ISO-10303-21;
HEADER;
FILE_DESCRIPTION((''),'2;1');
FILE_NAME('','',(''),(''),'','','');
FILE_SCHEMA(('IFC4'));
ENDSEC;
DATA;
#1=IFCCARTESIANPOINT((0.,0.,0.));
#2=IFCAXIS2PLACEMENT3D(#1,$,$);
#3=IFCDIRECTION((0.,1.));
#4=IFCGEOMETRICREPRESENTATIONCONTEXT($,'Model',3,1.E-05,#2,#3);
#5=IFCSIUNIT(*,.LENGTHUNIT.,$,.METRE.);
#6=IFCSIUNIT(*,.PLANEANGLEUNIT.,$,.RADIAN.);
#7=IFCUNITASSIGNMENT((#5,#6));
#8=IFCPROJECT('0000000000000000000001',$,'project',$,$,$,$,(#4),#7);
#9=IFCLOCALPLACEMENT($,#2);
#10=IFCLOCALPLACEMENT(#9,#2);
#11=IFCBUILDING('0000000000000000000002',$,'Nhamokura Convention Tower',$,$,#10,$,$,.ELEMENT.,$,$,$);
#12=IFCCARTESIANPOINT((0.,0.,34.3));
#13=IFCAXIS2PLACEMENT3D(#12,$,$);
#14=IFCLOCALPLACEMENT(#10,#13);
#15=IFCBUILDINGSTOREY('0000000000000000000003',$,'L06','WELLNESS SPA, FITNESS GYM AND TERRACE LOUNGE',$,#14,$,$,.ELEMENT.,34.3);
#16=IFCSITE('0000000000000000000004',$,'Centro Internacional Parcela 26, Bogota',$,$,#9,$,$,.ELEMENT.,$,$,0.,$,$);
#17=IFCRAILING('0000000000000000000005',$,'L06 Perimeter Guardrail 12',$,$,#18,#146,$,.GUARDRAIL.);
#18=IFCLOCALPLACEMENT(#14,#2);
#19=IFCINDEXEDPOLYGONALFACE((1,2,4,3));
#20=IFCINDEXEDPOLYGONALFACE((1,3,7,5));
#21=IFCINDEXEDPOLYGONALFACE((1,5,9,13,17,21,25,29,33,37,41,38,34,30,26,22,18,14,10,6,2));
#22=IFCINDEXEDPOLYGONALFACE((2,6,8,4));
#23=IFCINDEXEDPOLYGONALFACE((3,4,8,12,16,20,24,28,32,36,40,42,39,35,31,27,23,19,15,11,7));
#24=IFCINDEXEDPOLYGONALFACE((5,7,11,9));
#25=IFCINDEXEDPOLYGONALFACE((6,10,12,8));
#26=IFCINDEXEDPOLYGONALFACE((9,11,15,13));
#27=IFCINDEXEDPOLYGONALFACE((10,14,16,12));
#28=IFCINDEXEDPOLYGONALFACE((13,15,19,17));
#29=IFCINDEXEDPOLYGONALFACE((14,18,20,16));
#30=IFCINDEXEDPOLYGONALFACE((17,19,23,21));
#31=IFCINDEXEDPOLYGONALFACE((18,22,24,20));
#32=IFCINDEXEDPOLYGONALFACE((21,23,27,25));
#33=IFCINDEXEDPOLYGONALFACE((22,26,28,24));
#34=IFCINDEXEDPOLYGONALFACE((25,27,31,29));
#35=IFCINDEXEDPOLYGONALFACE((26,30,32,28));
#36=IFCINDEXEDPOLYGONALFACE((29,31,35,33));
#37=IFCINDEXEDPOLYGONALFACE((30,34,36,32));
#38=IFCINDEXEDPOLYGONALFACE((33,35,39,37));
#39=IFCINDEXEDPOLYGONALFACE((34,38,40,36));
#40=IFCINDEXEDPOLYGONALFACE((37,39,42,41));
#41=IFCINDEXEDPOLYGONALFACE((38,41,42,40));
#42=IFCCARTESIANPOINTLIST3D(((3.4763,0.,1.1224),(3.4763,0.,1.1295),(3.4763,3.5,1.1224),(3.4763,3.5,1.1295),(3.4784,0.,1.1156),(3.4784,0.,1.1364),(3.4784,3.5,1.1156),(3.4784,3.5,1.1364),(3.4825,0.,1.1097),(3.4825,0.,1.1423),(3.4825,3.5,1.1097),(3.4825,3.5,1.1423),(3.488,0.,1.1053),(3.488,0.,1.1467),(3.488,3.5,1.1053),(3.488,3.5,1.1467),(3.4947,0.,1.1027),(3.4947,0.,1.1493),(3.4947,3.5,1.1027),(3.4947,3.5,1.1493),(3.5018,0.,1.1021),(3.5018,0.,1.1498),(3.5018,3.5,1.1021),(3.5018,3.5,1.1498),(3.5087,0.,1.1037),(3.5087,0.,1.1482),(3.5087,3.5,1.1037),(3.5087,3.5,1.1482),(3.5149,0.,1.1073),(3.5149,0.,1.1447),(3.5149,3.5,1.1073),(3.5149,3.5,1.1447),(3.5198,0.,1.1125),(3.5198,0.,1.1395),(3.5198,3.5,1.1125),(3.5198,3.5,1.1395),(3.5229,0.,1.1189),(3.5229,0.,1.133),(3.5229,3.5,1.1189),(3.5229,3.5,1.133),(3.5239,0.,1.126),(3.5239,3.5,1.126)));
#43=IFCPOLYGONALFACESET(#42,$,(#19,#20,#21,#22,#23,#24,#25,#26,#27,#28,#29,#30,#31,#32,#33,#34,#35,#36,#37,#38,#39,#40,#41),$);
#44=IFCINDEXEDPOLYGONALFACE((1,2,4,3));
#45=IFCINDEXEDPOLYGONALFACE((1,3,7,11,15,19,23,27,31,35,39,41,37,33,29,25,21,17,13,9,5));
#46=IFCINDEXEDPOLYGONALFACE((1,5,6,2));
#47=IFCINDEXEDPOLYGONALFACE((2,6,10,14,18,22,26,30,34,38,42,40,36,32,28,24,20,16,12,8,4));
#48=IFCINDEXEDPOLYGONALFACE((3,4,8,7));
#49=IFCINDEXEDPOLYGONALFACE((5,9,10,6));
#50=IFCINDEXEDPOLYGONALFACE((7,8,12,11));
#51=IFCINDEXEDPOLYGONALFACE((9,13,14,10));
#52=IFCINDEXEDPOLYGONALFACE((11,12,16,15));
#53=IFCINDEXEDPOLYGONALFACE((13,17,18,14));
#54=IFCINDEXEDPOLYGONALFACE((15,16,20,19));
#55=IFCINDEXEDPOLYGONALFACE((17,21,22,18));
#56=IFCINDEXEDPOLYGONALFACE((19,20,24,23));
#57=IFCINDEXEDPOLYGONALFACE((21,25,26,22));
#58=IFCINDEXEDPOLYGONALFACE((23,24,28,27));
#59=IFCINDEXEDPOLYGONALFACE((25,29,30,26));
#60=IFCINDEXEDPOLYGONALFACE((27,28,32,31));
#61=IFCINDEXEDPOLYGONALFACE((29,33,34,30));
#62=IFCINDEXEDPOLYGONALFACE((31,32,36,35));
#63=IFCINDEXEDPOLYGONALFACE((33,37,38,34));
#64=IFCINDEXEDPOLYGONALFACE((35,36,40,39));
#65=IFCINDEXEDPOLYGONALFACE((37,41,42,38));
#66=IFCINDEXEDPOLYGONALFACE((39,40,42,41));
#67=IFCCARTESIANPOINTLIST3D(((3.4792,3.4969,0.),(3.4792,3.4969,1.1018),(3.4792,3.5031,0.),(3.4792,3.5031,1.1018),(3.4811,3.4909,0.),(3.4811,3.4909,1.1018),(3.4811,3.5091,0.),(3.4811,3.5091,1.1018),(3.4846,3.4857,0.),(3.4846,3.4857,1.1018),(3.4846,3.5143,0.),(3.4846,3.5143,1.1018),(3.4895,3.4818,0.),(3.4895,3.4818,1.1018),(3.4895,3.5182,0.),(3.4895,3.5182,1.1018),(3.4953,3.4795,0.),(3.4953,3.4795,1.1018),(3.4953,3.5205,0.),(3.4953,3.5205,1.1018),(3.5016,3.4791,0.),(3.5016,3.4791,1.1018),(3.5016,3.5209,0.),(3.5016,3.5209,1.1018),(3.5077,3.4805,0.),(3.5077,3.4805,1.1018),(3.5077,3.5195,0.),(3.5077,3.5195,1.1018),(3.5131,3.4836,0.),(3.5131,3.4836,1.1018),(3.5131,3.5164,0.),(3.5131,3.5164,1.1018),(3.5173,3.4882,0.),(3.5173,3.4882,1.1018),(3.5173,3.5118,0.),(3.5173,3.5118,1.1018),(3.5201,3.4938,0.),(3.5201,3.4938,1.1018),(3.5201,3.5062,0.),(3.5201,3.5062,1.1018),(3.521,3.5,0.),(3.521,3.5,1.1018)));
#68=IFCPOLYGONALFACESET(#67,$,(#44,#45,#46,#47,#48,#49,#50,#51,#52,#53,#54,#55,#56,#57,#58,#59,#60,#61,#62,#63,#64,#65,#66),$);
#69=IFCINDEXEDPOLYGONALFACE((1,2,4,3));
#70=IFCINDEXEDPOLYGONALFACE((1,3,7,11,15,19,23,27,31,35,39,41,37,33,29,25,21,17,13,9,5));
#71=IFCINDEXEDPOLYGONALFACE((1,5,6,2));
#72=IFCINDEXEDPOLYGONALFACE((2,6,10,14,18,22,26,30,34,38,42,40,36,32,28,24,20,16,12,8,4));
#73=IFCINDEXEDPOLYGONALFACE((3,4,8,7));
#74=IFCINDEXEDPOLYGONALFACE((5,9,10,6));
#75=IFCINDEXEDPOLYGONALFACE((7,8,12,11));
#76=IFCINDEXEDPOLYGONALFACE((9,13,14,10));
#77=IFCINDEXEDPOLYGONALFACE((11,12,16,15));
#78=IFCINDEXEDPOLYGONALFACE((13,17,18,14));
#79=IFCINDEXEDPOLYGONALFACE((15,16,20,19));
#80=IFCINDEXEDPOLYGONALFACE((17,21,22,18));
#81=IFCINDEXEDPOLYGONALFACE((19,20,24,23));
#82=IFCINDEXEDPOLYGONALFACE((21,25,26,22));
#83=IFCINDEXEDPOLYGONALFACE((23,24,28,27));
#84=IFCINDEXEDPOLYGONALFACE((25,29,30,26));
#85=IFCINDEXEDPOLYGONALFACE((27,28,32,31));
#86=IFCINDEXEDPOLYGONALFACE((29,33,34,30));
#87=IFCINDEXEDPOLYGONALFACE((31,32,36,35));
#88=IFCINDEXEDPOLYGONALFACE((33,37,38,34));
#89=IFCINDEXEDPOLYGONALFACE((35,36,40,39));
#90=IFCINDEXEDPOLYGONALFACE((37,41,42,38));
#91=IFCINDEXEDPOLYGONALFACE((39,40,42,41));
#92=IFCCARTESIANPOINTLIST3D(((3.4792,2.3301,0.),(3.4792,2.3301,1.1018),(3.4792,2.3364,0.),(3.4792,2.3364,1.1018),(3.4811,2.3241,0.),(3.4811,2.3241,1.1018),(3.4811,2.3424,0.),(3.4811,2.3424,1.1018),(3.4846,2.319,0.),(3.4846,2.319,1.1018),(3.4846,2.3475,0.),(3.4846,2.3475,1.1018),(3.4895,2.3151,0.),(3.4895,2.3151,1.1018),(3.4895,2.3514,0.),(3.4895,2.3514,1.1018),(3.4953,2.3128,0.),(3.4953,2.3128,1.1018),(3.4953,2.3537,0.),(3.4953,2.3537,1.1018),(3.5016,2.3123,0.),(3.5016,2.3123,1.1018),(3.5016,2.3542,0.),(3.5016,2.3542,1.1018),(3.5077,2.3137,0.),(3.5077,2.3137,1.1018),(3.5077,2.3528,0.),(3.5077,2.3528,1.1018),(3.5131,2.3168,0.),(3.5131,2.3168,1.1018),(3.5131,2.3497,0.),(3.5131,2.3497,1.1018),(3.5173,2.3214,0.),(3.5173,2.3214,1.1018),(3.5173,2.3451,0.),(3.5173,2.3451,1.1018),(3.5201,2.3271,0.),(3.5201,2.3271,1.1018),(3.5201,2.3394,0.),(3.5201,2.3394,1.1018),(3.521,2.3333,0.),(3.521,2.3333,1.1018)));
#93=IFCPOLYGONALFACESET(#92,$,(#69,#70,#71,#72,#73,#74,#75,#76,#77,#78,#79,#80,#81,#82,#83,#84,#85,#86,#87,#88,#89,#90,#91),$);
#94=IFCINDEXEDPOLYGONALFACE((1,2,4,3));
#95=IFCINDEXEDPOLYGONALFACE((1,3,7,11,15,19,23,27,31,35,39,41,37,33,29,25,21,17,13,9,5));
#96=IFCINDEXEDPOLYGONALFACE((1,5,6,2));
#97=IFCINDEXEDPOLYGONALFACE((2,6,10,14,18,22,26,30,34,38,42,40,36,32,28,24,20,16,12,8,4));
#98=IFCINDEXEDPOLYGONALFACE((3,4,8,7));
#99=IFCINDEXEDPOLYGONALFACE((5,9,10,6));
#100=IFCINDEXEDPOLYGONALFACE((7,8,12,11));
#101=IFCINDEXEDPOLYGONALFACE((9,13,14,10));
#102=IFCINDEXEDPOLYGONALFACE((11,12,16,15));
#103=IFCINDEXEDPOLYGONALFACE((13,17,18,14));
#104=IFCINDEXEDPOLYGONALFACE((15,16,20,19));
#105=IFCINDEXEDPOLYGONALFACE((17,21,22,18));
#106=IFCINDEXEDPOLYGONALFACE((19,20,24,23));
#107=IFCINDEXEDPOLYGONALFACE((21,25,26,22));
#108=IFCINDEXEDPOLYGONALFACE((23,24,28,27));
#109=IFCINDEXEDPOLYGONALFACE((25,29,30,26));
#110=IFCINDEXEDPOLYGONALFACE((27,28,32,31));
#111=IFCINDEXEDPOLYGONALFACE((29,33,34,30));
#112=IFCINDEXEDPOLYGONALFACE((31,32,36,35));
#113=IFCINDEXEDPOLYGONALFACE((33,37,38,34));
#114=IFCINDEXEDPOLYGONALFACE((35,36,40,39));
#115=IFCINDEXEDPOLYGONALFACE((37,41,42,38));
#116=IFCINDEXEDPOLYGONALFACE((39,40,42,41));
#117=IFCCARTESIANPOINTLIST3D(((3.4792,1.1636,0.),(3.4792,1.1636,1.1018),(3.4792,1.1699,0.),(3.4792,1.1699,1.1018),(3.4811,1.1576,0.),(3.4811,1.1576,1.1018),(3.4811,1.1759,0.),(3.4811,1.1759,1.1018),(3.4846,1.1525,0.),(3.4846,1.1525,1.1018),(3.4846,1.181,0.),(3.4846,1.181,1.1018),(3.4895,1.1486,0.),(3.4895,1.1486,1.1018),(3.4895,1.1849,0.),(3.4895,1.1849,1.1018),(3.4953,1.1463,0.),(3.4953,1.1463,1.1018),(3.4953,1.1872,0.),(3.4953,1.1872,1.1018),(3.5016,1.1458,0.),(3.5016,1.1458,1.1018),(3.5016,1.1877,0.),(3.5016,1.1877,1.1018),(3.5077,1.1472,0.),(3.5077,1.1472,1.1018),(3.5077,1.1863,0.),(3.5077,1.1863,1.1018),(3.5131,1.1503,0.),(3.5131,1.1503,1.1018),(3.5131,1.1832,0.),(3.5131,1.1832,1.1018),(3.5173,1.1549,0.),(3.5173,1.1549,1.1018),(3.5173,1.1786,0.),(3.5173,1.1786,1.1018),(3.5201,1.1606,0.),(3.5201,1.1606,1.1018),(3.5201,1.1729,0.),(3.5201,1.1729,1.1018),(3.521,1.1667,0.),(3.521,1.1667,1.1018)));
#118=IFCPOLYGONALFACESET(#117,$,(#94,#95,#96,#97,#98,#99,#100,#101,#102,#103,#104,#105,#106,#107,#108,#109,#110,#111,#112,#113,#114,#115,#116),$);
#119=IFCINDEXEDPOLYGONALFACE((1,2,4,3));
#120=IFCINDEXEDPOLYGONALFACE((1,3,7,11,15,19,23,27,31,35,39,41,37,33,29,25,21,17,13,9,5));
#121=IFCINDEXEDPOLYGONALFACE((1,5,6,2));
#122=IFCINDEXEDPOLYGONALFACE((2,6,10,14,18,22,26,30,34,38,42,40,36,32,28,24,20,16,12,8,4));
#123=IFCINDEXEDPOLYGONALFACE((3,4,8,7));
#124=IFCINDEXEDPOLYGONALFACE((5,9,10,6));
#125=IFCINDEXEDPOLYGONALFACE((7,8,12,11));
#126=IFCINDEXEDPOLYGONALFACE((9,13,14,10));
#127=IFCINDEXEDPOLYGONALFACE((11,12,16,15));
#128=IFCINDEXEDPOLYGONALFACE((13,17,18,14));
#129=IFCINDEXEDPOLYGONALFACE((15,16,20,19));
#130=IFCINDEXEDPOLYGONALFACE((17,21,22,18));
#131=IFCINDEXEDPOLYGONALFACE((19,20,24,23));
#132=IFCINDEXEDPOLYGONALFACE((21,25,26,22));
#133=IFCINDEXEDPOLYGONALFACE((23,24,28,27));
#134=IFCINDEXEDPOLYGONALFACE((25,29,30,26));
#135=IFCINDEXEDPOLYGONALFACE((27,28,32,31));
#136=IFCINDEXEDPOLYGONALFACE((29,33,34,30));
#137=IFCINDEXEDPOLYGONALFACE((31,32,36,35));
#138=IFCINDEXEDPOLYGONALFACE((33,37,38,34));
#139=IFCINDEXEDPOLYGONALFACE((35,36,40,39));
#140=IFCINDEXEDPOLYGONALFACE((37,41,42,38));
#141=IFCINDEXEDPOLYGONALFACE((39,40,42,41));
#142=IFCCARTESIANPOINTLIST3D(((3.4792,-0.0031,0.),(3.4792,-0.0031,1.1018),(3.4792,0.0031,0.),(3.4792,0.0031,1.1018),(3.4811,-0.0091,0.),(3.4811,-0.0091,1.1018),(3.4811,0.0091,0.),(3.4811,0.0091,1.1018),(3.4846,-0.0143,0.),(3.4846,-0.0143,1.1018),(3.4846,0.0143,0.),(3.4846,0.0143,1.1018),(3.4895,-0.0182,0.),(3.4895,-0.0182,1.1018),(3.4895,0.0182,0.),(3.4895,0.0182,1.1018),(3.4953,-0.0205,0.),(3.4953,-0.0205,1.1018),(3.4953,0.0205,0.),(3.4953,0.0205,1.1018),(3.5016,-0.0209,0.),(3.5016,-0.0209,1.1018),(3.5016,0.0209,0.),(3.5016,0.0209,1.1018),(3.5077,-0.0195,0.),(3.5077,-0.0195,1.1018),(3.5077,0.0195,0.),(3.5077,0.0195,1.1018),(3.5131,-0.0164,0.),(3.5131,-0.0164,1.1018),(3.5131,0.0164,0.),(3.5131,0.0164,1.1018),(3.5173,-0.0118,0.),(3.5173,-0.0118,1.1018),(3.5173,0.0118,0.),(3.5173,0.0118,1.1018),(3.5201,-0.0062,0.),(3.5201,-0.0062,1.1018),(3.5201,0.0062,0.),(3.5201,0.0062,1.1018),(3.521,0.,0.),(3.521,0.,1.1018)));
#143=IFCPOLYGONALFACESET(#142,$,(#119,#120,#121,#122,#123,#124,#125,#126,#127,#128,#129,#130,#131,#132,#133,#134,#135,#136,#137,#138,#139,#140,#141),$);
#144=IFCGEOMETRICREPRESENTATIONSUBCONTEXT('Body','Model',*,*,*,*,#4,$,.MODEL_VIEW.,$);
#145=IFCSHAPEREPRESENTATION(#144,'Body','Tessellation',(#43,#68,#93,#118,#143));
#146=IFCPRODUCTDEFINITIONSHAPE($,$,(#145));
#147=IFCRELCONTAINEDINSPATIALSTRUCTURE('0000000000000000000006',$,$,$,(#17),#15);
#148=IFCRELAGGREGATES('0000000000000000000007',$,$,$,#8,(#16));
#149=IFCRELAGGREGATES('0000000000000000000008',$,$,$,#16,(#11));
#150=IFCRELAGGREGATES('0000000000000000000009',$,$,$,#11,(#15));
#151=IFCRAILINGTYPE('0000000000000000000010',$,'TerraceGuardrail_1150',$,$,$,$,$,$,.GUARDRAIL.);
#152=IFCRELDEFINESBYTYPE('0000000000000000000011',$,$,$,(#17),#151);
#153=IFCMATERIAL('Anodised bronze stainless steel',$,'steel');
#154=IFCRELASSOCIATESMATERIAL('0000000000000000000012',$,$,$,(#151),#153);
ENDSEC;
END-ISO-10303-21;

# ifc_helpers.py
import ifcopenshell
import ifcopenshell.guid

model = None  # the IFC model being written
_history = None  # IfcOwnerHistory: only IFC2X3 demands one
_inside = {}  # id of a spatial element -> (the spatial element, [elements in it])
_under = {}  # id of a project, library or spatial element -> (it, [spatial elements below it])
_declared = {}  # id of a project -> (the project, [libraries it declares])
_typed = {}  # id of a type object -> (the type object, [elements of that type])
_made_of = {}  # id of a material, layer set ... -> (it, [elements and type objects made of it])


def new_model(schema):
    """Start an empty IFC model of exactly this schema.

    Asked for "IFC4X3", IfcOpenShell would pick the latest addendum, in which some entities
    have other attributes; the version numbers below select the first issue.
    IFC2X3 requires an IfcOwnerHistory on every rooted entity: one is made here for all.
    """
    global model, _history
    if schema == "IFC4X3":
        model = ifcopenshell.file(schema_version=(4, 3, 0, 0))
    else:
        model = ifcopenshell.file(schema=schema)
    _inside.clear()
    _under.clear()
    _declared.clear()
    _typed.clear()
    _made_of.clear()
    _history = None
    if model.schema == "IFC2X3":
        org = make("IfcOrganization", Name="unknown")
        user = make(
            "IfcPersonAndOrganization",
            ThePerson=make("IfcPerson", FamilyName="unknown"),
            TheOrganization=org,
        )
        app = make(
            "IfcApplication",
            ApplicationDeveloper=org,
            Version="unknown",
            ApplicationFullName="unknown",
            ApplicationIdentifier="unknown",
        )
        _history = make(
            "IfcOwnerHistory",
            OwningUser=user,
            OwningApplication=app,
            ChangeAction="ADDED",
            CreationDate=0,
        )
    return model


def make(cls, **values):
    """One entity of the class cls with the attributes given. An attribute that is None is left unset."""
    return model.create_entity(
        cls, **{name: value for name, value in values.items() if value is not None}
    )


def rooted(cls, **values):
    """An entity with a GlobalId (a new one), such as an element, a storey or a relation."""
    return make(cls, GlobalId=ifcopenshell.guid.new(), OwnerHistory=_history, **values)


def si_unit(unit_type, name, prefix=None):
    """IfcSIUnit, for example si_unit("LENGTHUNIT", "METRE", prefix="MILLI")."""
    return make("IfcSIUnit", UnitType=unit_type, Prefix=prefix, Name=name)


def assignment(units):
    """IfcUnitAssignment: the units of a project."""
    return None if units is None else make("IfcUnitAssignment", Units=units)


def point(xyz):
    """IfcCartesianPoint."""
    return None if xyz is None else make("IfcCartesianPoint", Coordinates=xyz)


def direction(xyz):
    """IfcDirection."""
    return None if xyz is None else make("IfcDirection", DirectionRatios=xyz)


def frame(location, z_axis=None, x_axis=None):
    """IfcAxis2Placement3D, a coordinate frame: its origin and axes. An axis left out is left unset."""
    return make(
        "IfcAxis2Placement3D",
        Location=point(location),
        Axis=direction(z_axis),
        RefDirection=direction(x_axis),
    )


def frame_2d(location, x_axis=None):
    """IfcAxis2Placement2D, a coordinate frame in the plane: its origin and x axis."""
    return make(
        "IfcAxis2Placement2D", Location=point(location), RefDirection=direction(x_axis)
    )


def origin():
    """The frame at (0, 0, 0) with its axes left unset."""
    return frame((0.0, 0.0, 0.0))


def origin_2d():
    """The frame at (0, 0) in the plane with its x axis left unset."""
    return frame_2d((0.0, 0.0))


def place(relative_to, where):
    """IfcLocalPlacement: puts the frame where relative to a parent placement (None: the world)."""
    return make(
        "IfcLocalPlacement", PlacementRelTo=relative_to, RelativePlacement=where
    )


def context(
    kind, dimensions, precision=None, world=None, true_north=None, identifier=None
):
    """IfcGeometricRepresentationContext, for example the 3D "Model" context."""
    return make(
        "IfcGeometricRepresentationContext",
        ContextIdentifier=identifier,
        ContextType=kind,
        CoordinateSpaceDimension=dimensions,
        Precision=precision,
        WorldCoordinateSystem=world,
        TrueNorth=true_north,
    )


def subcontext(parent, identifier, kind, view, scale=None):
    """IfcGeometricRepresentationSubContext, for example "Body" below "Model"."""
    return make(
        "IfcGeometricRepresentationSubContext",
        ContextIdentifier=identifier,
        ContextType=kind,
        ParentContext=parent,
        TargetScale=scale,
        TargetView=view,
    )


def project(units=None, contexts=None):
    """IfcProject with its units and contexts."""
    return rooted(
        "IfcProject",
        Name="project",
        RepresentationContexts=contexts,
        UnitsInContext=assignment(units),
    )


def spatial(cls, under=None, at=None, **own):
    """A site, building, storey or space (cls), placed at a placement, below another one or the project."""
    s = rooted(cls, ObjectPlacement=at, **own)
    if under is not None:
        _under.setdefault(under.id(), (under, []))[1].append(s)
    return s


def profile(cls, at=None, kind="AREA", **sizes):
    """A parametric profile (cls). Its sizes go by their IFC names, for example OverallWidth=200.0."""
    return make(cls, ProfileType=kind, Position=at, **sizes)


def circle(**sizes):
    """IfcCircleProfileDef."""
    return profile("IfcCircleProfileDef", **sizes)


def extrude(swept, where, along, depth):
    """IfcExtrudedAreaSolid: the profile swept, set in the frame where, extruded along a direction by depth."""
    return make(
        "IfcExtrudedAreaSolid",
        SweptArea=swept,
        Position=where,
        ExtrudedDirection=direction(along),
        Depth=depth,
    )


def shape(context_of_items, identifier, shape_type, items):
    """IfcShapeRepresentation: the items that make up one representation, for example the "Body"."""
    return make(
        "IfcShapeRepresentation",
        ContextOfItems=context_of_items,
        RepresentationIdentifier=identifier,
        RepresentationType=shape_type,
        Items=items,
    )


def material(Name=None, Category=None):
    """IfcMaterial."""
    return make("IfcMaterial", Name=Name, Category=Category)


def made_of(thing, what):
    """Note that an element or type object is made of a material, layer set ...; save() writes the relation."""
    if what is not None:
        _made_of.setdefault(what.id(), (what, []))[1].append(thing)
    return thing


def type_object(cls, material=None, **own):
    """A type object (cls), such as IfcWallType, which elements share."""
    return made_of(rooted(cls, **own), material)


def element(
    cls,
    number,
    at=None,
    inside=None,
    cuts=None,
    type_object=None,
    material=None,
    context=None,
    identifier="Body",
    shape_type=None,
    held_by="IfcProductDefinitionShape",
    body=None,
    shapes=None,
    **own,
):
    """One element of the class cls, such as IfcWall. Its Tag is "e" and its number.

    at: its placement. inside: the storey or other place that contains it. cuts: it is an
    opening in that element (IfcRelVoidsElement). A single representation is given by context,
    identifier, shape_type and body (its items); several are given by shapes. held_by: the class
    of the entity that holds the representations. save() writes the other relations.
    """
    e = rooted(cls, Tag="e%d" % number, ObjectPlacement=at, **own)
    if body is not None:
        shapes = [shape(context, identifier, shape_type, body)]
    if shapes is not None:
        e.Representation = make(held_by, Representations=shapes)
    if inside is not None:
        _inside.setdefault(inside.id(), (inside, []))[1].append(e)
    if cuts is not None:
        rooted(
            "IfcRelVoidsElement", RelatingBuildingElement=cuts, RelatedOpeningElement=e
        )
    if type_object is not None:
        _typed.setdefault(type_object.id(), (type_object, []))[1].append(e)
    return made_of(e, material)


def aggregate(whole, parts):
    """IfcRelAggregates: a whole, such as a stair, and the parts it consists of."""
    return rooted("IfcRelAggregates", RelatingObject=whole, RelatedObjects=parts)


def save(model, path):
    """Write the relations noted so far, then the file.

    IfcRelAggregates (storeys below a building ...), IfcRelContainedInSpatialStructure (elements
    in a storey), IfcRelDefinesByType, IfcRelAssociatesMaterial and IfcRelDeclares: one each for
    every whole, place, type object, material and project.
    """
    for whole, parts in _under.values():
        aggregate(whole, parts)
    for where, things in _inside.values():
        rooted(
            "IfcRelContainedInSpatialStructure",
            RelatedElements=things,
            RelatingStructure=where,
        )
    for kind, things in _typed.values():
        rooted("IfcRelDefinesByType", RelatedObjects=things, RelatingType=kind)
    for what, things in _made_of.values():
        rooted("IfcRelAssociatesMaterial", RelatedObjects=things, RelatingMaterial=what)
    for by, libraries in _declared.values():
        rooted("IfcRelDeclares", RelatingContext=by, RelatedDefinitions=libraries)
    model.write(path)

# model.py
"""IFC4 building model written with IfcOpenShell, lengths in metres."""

from ifc_helpers import new_model, si_unit, direction, frame, origin, origin_2d, place, context, subcontext, project, spatial, circle, extrude, material, type_object, element, save


model = new_model("IFC4")

# Units and contexts
model_context = context("Model", 3, precision=1e-05, world=origin(), true_north=direction((0.0, 1.0)))
body_context = subcontext(model_context, "Body", "Model", "MODEL_VIEW")
ifc_project = project(units=[si_unit("LENGTHUNIT", "METRE"), si_unit("PLANEANGLEUNIT", "RADIAN")], contexts=[model_context])

# Site, building, storey
site_placement = place(None, origin())
site = spatial("IfcSite", under=ifc_project, at=site_placement, Name="Centro Internacional Parcela 26, Bogota", CompositionType="ELEMENT", RefElevation=0.0)
building_placement = place(site_placement, origin())
building = spatial("IfcBuilding", under=site, at=building_placement, Name="Nhamokura Convention Tower", CompositionType="ELEMENT")
storey_placement = place(building_placement, frame((0.0, 0.0, 34.3)))
storey = spatial("IfcBuildingStorey", under=building, at=storey_placement, Name="L06", Description="WELLNESS SPA, FITNESS GYM AND TERRACE LOUNGE", CompositionType="ELEMENT", Elevation=34.3)

# Railing
ifc_material_1 = material(Name="Anodised bronze stainless steel", Category="steel")
railing_type = type_object("IfcRailingType", Name="TerraceGuardrail_1150", PredefinedType="GUARDRAIL", material=ifc_material_1)
railing_1_placement = place(storey_placement, frame((3.5, 3.5, 0.0)))
element("IfcRailing", 1, at=railing_1_placement, inside=storey, type_object=railing_type, Name="L06 Perimeter Guardrail 12", PredefinedType="GUARDRAIL", context=body_context, shape_type="SweptSolid", body=[
    extrude(circle(Radius=0.0239, at=origin_2d()), frame((0.0, 0.0, 1.126), z_axis=(0.0, -1.0, 0.0), x_axis=(1.0, 0.0, 0.0)), (0.0, 0.0, 1.0), 3.5),
    extrude(circle(Radius=0.021, at=origin_2d()), origin(), (0.0, 0.0, 1.0), 1.1018),
    extrude(circle(Radius=0.021, at=origin_2d()), frame((0.0, -1.1667, 0.0)), (0.0, 0.0, 1.0), 1.1018),
    extrude(circle(Radius=0.021, at=origin_2d()), frame((0.0, -2.3333, 0.0)), (0.0, 0.0, 1.0), 1.1018),
    extrude(circle(Radius=0.021, at=origin_2d()), frame((0.0, -3.5, 0.0)), (0.0, 0.0, 1.0), 1.1018),
])

save(model, "model.ifc")
